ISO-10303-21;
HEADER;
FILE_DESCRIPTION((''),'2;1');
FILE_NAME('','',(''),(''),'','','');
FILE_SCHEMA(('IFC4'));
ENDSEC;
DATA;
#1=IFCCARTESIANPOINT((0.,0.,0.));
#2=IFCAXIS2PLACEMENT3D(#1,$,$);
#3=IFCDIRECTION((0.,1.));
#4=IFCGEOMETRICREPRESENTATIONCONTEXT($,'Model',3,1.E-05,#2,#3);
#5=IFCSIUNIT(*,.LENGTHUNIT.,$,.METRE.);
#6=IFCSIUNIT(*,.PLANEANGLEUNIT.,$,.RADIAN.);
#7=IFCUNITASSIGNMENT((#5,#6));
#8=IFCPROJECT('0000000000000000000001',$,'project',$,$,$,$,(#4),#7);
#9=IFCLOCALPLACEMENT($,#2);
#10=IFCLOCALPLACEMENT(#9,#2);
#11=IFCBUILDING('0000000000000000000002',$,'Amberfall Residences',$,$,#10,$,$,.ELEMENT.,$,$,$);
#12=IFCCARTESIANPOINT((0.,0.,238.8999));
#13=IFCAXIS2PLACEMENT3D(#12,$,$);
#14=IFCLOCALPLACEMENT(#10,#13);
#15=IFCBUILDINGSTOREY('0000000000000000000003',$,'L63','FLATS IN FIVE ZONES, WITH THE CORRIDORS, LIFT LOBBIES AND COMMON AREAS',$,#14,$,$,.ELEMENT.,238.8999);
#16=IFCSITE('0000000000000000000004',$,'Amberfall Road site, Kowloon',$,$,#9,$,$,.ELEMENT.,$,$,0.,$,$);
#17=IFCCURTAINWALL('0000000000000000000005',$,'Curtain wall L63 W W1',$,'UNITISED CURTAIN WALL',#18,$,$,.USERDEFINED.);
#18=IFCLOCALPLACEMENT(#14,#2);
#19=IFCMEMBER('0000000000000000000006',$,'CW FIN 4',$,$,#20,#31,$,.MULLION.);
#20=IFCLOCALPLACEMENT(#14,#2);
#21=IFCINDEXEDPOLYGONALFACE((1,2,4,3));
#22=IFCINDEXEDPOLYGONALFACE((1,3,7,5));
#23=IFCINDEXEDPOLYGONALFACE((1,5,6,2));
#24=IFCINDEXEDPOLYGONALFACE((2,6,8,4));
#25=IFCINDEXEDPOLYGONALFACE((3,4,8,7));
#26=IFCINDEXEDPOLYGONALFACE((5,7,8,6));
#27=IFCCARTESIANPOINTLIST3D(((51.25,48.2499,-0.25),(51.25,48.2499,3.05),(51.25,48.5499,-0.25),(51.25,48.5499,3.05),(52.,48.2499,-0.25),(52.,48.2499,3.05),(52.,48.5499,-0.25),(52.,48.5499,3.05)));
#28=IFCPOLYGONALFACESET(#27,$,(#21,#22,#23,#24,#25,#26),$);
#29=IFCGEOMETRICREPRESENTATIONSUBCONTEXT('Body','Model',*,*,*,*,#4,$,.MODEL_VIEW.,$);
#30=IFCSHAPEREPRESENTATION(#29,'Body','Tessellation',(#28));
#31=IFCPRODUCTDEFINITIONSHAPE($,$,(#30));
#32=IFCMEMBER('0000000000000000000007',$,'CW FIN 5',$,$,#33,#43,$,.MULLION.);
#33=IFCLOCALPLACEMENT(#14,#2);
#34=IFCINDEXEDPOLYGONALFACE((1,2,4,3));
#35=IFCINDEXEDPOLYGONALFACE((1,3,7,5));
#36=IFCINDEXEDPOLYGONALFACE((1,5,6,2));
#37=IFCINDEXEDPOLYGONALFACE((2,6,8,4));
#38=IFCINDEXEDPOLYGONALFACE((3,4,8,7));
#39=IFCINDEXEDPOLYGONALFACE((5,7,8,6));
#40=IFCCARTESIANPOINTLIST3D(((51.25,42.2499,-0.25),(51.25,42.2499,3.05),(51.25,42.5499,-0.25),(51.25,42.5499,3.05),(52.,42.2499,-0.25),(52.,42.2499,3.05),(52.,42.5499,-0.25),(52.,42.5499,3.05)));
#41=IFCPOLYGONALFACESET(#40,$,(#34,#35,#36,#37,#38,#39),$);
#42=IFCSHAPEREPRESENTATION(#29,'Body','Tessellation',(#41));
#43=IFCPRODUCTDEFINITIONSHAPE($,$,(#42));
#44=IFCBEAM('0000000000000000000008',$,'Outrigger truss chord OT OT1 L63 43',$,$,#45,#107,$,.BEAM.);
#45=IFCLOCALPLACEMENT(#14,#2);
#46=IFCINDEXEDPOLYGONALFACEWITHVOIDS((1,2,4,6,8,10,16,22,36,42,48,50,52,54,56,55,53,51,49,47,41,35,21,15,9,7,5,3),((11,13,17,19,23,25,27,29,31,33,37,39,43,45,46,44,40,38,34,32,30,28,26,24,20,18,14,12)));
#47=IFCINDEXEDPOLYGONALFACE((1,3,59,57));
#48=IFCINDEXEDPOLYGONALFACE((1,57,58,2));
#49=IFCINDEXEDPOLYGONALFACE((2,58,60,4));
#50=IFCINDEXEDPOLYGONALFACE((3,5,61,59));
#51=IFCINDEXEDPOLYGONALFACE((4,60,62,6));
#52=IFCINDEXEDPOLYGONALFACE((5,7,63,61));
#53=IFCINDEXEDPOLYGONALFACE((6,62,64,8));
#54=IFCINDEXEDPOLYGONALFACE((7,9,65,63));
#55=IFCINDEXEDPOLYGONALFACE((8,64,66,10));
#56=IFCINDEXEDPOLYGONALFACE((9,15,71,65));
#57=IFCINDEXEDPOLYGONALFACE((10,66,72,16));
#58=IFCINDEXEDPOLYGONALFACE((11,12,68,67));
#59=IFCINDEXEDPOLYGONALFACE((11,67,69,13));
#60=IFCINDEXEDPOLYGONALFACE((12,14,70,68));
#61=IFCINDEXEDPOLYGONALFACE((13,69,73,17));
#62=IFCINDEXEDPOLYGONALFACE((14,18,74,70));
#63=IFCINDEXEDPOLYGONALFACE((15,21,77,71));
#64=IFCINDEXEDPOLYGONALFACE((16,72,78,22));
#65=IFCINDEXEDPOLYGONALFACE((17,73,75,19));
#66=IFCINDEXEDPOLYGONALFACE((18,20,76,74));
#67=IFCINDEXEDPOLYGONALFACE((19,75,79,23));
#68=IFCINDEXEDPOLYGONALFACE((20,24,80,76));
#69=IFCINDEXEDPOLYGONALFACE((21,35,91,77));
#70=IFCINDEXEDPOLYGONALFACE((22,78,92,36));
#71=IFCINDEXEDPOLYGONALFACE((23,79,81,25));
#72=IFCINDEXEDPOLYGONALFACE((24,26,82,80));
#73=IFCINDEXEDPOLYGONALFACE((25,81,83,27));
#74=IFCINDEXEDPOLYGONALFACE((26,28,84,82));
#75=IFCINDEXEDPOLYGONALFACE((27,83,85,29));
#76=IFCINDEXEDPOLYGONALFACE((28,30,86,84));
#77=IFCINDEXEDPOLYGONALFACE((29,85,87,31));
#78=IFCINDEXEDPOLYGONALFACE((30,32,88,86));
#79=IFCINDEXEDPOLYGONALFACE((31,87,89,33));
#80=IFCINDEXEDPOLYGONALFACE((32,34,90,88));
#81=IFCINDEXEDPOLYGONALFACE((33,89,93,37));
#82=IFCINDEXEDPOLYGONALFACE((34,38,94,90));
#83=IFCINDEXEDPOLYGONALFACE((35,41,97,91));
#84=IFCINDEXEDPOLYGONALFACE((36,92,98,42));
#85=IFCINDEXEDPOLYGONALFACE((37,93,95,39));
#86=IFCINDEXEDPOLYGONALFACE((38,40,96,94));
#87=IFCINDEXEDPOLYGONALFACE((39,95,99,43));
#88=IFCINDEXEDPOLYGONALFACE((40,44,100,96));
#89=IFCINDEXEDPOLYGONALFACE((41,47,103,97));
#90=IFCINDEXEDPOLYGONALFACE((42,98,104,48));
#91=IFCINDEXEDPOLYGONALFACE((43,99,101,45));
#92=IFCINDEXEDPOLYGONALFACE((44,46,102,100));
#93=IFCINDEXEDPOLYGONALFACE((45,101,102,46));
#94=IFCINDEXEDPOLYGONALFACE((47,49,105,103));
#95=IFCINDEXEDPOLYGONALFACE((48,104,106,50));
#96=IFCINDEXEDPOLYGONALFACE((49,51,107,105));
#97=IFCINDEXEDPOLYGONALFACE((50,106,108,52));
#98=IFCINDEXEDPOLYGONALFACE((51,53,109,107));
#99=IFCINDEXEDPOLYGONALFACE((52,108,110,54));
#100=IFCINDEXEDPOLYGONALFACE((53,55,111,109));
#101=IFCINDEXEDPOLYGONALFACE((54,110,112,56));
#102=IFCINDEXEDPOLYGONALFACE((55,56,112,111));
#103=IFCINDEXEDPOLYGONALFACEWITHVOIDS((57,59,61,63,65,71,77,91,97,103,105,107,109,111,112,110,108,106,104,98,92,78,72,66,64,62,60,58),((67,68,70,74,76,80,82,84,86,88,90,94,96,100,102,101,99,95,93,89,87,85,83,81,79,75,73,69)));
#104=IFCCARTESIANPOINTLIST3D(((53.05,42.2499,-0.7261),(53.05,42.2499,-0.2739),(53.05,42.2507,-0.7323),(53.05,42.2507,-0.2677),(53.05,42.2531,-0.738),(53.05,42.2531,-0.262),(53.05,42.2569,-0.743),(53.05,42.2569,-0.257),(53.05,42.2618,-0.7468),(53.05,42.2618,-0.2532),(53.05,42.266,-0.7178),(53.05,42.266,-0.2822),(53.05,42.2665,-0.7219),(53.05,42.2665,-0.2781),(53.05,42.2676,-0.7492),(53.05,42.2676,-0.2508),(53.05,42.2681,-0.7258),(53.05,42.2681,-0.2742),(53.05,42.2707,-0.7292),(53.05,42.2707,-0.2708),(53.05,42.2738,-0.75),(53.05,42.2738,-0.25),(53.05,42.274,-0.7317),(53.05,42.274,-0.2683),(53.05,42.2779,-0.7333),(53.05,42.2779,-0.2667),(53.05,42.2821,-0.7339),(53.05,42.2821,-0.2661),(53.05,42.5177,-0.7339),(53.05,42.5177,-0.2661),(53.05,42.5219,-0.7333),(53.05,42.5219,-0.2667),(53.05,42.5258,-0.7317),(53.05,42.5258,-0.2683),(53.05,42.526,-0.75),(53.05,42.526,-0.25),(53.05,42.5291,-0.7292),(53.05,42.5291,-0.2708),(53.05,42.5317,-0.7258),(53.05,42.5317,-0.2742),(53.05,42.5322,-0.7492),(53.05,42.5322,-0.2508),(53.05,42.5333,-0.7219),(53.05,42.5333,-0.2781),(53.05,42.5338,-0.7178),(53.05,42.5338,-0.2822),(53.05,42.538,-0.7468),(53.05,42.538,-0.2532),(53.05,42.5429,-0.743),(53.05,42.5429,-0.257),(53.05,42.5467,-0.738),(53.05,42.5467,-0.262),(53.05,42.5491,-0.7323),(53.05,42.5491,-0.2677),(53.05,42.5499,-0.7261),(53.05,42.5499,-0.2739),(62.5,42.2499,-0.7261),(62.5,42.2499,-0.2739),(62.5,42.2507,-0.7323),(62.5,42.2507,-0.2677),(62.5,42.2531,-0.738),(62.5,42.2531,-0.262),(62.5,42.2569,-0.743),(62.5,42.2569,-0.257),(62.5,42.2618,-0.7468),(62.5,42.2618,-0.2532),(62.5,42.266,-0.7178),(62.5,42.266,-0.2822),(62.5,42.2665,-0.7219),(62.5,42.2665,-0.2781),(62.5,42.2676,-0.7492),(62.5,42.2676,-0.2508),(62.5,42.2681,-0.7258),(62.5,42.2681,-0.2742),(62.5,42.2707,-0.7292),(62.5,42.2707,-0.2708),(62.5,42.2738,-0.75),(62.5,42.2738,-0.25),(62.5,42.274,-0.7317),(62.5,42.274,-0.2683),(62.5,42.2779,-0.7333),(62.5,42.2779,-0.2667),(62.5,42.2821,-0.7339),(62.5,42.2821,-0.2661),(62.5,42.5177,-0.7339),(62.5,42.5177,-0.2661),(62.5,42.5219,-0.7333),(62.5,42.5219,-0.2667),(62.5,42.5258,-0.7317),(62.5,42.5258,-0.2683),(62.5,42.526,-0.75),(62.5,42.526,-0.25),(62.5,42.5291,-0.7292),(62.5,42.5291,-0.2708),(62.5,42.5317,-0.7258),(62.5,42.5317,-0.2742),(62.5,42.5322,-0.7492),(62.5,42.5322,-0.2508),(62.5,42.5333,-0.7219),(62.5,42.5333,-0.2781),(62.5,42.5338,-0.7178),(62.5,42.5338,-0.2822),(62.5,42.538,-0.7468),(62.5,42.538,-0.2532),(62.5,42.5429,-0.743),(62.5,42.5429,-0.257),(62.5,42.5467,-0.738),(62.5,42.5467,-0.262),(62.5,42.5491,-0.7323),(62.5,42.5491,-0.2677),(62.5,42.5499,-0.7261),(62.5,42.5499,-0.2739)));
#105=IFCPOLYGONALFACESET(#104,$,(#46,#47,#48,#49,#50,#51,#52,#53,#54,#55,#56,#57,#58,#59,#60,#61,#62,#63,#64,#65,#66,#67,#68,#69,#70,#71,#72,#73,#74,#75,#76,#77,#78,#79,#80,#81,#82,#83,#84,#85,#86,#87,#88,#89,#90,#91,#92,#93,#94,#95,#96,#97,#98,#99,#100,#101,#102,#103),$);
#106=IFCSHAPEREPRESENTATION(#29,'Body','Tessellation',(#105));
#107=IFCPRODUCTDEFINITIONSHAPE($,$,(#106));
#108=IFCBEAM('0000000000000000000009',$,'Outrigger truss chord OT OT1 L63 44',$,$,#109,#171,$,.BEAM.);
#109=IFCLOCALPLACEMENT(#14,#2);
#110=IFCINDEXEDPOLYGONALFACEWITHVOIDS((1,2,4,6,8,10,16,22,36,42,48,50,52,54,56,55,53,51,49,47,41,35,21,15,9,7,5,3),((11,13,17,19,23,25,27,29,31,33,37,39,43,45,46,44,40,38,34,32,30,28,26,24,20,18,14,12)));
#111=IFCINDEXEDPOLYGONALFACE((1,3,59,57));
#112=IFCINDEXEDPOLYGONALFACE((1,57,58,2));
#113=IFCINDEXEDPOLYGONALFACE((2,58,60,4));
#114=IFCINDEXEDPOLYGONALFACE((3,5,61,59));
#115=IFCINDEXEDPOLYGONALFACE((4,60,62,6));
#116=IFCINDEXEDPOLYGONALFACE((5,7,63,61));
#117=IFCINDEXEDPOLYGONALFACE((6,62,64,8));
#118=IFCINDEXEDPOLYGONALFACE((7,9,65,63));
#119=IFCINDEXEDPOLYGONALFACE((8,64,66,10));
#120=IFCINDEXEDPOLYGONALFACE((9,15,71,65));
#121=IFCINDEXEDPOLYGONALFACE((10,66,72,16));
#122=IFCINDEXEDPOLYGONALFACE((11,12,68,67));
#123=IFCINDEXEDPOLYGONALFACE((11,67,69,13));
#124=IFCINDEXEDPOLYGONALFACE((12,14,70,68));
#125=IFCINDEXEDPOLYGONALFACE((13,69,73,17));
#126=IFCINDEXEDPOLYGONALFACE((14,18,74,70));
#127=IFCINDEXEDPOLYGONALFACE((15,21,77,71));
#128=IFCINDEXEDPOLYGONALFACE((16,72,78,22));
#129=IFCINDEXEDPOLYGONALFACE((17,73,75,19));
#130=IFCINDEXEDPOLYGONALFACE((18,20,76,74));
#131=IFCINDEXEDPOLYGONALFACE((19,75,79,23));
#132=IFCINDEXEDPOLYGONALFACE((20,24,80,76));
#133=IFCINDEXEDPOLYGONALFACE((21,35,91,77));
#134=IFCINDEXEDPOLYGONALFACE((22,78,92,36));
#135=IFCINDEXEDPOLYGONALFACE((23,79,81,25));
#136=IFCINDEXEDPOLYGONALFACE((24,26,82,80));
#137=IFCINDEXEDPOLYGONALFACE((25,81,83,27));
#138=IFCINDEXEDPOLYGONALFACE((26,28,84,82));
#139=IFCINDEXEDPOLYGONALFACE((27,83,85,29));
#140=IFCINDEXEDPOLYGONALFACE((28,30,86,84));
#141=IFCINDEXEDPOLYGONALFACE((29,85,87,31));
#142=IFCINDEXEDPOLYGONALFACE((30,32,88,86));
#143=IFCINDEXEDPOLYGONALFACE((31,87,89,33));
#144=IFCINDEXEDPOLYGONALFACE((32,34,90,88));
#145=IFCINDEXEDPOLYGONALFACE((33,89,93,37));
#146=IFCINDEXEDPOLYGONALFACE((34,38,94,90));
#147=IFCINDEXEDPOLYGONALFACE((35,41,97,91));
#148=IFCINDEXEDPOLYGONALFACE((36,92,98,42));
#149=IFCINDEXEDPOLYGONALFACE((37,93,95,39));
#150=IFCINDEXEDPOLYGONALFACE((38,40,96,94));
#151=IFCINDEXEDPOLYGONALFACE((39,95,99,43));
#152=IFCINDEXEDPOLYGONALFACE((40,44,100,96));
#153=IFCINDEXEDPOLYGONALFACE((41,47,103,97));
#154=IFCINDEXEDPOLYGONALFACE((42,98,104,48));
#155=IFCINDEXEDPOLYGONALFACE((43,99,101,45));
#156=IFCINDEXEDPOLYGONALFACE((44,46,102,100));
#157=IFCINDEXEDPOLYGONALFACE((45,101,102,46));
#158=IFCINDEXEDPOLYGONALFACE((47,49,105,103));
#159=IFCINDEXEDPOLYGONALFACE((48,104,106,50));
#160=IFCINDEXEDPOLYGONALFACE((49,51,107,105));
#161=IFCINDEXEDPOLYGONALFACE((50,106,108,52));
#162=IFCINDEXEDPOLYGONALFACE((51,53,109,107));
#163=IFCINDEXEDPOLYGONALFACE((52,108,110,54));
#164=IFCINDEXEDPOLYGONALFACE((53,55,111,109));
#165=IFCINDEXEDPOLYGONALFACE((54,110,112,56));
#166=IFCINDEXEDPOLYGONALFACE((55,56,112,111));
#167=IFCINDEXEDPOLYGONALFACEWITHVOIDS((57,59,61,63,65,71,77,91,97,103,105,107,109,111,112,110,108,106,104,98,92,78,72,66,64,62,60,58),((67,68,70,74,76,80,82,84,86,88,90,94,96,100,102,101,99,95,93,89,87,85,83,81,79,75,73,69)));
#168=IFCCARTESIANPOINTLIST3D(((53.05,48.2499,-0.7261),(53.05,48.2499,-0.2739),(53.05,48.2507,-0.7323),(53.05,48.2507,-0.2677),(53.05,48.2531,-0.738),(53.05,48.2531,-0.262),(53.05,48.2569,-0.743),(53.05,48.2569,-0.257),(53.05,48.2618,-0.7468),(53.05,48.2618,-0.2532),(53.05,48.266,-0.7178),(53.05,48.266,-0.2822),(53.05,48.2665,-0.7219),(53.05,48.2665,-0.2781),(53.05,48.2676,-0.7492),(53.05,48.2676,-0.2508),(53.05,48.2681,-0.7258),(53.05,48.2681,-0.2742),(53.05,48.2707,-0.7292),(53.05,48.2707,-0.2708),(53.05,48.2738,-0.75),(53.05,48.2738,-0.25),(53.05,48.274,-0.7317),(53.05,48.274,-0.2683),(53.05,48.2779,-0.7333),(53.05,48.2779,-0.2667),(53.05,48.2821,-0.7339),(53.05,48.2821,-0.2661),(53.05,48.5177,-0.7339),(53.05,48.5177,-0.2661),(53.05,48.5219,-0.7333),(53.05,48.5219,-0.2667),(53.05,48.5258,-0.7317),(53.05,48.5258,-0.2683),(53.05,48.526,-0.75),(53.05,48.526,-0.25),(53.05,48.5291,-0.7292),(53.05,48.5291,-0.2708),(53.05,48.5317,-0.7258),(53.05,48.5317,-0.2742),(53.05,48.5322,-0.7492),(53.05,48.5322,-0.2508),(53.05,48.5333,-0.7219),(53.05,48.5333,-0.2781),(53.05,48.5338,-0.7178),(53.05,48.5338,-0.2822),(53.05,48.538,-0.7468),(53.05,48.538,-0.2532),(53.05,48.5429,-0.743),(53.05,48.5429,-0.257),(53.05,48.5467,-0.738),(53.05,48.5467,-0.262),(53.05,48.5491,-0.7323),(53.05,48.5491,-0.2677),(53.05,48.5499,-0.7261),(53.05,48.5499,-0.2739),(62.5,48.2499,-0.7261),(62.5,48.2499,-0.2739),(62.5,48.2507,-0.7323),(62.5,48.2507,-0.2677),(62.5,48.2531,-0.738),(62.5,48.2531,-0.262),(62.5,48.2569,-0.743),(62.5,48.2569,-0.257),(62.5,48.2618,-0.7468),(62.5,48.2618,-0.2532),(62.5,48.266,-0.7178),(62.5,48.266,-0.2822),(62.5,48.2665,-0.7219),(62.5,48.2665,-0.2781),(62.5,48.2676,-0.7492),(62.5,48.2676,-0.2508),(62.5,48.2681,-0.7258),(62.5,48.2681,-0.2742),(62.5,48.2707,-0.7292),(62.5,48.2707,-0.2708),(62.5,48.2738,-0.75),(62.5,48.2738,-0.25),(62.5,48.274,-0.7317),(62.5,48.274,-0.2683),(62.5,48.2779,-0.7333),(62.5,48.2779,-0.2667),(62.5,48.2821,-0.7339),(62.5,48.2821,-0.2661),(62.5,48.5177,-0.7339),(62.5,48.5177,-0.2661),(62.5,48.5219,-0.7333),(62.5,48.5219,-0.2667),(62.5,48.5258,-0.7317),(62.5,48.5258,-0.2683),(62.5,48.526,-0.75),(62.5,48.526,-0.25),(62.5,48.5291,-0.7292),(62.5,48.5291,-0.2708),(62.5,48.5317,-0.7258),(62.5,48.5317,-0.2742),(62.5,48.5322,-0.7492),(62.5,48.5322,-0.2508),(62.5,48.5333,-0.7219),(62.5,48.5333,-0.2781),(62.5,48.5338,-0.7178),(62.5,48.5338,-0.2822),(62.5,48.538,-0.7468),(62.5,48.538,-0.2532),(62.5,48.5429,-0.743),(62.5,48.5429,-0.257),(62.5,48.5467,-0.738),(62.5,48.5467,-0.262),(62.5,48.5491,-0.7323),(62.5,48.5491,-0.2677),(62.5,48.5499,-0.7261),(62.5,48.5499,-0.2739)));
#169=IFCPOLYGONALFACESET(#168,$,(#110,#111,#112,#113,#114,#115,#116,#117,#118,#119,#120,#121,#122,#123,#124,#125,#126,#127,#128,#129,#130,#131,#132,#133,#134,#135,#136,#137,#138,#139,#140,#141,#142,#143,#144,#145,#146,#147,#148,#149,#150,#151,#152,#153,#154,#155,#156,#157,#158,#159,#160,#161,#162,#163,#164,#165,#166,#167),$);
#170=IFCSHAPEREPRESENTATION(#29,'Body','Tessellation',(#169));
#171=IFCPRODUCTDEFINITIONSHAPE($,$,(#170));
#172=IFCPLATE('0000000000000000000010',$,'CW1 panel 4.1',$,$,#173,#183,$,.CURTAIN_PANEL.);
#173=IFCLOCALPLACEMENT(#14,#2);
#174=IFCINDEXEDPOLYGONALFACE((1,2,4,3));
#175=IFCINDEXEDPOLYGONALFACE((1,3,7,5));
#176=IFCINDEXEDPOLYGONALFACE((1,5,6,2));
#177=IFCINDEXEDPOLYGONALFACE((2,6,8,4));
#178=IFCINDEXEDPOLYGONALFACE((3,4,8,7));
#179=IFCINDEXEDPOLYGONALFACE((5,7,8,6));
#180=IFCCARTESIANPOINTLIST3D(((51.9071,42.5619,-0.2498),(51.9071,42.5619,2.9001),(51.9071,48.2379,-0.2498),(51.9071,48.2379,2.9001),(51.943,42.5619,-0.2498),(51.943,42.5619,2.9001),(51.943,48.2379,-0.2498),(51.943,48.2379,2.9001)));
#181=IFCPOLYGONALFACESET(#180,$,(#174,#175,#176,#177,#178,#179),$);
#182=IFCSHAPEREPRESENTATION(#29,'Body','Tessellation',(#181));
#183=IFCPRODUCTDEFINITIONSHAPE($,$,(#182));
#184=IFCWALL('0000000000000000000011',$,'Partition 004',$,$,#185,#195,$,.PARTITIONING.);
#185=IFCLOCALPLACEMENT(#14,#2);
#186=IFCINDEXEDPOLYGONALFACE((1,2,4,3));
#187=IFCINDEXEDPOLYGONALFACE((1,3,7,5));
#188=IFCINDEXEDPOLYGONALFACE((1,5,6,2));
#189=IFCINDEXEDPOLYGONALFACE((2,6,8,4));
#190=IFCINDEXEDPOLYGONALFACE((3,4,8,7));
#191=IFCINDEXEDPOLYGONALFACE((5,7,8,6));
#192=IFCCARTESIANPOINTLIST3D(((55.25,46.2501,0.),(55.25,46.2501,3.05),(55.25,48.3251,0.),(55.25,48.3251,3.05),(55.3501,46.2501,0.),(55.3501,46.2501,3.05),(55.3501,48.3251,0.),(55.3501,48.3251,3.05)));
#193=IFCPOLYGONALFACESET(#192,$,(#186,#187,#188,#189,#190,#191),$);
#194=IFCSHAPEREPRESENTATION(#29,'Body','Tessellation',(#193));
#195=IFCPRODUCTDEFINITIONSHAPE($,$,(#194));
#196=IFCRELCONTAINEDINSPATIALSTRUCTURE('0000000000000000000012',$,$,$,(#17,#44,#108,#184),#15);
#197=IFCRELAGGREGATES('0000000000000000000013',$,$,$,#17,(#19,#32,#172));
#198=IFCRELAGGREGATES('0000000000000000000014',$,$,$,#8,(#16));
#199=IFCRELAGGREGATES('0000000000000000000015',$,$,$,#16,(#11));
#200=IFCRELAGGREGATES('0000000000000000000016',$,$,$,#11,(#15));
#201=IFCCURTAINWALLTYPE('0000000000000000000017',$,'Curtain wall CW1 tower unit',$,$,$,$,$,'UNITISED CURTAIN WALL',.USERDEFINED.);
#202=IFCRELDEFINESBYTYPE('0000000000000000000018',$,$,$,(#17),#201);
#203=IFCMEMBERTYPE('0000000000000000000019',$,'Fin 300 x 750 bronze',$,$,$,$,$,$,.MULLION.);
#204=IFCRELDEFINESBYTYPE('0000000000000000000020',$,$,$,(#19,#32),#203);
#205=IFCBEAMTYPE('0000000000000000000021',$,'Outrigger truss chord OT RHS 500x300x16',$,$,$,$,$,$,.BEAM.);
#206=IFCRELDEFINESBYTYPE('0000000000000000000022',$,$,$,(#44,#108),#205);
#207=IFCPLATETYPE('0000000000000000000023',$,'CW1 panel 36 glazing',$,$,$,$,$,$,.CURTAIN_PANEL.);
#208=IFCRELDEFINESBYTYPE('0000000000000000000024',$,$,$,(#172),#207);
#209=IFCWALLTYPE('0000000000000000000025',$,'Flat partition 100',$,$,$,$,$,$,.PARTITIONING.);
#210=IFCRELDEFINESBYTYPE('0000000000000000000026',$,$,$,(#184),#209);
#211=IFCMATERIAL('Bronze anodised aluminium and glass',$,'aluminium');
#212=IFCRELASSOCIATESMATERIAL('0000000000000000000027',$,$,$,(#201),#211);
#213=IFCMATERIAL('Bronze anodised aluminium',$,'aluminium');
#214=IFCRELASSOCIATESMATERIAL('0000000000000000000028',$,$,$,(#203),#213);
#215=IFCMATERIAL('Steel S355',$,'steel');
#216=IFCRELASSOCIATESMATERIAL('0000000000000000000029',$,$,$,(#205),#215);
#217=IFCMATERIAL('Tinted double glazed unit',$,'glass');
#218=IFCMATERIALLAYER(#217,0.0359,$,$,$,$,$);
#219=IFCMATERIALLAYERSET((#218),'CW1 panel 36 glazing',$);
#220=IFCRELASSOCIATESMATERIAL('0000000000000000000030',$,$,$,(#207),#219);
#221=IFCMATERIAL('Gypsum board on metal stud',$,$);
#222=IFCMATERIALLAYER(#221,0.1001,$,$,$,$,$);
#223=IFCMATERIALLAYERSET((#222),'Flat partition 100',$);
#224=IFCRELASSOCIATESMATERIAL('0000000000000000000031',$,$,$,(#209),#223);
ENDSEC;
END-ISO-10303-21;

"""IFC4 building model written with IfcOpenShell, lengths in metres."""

from ifc_helpers import new_model, si_unit, direction, frame, frame_2d, origin, origin_2d, place, context, subcontext, project, spatial, rectangle, hollow_rectangle, extrude, material, layer, layer_set, material_profile, profile_set, type_object, element, aggregate, save


model = new_model("IFC4")

# Units and contexts
model_context = context("Model", 3, precision=1e-05, world=origin(), true_north=direction((0.0, 1.0)))
body_context = subcontext(model_context, "Body", "Model", "MODEL_VIEW")
ifc_project = project(units=[si_unit("LENGTHUNIT", "METRE"), si_unit("PLANEANGLEUNIT", "RADIAN")], contexts=[model_context])

# Site, building, storey
site_placement = place(None, origin())
site = spatial("IfcSite", under=ifc_project, at=site_placement, Name="Amberfall Road site, Kowloon", CompositionType="ELEMENT", RefElevation=0.0)
building_placement = place(site_placement, origin())
building = spatial("IfcBuilding", under=site, at=building_placement, Name="Amberfall Residences", CompositionType="ELEMENT")
storey_placement = place(building_placement, frame((0.0, 0.0, 238.8999)))
storey = spatial("IfcBuildingStorey", under=building, at=storey_placement, Name="L63", Description="FLATS IN FIVE ZONES, WITH THE CORRIDORS, LIFT LOBBIES AND COMMON AREAS", CompositionType="ELEMENT", Elevation=238.8999)

# Shared definitions
ifc_material_1 = material(Name="Steel S355", Category="steel")

# Curtain wall, members
ifc_material_2 = material(Name="Bronze anodised aluminium and glass", Category="aluminium")
curtain_wall_type = type_object("IfcCurtainWallType", Name="Curtain wall CW1 tower unit", ElementType="UNITISED CURTAIN WALL", PredefinedType="USERDEFINED", material=ifc_material_2)
curtain_wall_placement = place(storey_placement, origin())
curtain_wall = element("IfcCurtainWall", 1, at=curtain_wall_placement, inside=storey, type_object=curtain_wall_type, Name="Curtain wall L63 W W1", ObjectType="UNITISED CURTAIN WALL", PredefinedType="USERDEFINED")
ifc_material_3 = material(Name="Bronze anodised aluminium", Category="aluminium")
ifc_material_profile_1 = material_profile(ifc_material_3, rectangle(XDim=0.75, YDim=0.3, at=origin_2d()), Name="Fin 300 x 750 bronze")
ifc_profile_set_1 = profile_set([ifc_material_profile_1], Name="Bronze anodised aluminium")
member_type_1 = type_object("IfcMemberType", Name="Fin 300 x 750 bronze", PredefinedType="MULLION", material=ifc_profile_set_1)
member_1_placement = place(storey_placement, frame((51.625, 48.3999, -0.25), z_axis=(0.0, 0.0, 1.0), x_axis=(1.0, 0.0, 0.0)))
member_1 = element("IfcMember", 2, at=member_1_placement, type_object=member_type_1, Name="CW FIN 4", PredefinedType="MULLION", context=body_context, shape_type="SweptSolid", body=[
    extrude(rectangle(XDim=0.75, YDim=0.3, at=origin_2d()), origin(), (0.0, 0.0, 1.0), 3.3),
])
member_2_placement = place(storey_placement, frame((51.625, 42.3999, -0.25), z_axis=(0.0, 0.0, 1.0), x_axis=(1.0, 0.0, 0.0)))
member_2 = element("IfcMember", 3, at=member_2_placement, type_object=member_type_1, Name="CW FIN 5", PredefinedType="MULLION", context=body_context, shape_type="SweptSolid", body=[
    extrude(rectangle(XDim=0.75, YDim=0.3, at=origin_2d()), origin(), (0.0, 0.0, 1.0), 3.3),
])

# Beams
ifc_material_profile_2 = material_profile(ifc_material_1, hollow_rectangle(XDim=0.3, YDim=0.5, WallThickness=0.0161, InnerFilletRadius=0.0161, OuterFilletRadius=0.0239, at=origin_2d()), Name="RHS 500x300x16")
ifc_profile_set_2 = profile_set([ifc_material_profile_2], Name="Steel S355")
beam_type_1 = type_object("IfcBeamType", Name="Outrigger truss chord OT RHS 500x300x16", PredefinedType="BEAM", material=ifc_profile_set_2)
for number, where, z_axis, x_axis, name in (
    (4, (53.05, 42.3999, -0.5), (1.0, 0.0, 0.0), (0.0, 1.0, 0.0), "Outrigger truss chord OT OT1 L63 43"),
    (5, (53.05, 48.3999, -0.5), (1.0, 0.0, 0.0), (0.0, 1.0, 0.0), "Outrigger truss chord OT OT1 L63 44"),
):
    element("IfcBeam", number, at=place(storey_placement, frame(where, z_axis=z_axis, x_axis=x_axis)), inside=storey, type_object=beam_type_1, Name=name, PredefinedType="BEAM", context=body_context, shape_type="SweptSolid", body=[
        extrude(hollow_rectangle(XDim=0.3, YDim=0.5, WallThickness=0.0161, InnerFilletRadius=0.0161, OuterFilletRadius=0.0239, at=origin_2d()), origin(), (0.0, 0.0, 1.0), 9.45),
    ])

# Plate
ifc_material_4 = material(Name="Tinted double glazed unit", Category="glass")
ifc_layer_1 = layer(ifc_material_4, 0.0359)
ifc_layer_set_1 = layer_set([ifc_layer_1], Name="CW1 panel 36 glazing")
plate_type = type_object("IfcPlateType", Name="CW1 panel 36 glazing", PredefinedType="CURTAIN_PANEL", material=ifc_layer_set_1)
plate_placement = place(storey_placement, frame((51.925, 45.3999, -0.2498), z_axis=(0.0, 0.0, 1.0), x_axis=(0.0, -1.0, 0.0)))
plate = element("IfcPlate", 6, at=plate_placement, type_object=plate_type, Name="CW1 panel 4.1", PredefinedType="CURTAIN_PANEL", context=body_context, shape_type="SweptSolid", body=[
    extrude(rectangle(XDim=5.676, YDim=0.0359, at=origin_2d()), origin(), (0.0, 0.0, 1.0), 3.1499),
])
aggregate(curtain_wall, [member_1, member_2, plate])

# Wall
ifc_material_5 = material(Name="Gypsum board on metal stud")
ifc_layer_2 = layer(ifc_material_5, 0.1001)
ifc_layer_set_2 = layer_set([ifc_layer_2], Name="Flat partition 100")
wall_type_1 = type_object("IfcWallType", Name="Flat partition 100", PredefinedType="PARTITIONING", material=ifc_layer_set_2)
wall_1_placement = place(storey_placement, frame((55.3, 46.25, 0.0), z_axis=(0.0, 0.0, 1.0), x_axis=(0.0, 1.0, 0.0)))
element("IfcWall", 7, at=wall_1_placement, inside=storey, type_object=wall_type_1, Name="Partition 004", PredefinedType="PARTITIONING", context=body_context, shape_type="SweptSolid", body=[
    extrude(rectangle(XDim=2.075, YDim=0.1001, at=frame_2d((1.0376, 0.0))), origin(), (0.0, 0.0, 1.0), 3.05),
])

save(model, "model.ifc")
